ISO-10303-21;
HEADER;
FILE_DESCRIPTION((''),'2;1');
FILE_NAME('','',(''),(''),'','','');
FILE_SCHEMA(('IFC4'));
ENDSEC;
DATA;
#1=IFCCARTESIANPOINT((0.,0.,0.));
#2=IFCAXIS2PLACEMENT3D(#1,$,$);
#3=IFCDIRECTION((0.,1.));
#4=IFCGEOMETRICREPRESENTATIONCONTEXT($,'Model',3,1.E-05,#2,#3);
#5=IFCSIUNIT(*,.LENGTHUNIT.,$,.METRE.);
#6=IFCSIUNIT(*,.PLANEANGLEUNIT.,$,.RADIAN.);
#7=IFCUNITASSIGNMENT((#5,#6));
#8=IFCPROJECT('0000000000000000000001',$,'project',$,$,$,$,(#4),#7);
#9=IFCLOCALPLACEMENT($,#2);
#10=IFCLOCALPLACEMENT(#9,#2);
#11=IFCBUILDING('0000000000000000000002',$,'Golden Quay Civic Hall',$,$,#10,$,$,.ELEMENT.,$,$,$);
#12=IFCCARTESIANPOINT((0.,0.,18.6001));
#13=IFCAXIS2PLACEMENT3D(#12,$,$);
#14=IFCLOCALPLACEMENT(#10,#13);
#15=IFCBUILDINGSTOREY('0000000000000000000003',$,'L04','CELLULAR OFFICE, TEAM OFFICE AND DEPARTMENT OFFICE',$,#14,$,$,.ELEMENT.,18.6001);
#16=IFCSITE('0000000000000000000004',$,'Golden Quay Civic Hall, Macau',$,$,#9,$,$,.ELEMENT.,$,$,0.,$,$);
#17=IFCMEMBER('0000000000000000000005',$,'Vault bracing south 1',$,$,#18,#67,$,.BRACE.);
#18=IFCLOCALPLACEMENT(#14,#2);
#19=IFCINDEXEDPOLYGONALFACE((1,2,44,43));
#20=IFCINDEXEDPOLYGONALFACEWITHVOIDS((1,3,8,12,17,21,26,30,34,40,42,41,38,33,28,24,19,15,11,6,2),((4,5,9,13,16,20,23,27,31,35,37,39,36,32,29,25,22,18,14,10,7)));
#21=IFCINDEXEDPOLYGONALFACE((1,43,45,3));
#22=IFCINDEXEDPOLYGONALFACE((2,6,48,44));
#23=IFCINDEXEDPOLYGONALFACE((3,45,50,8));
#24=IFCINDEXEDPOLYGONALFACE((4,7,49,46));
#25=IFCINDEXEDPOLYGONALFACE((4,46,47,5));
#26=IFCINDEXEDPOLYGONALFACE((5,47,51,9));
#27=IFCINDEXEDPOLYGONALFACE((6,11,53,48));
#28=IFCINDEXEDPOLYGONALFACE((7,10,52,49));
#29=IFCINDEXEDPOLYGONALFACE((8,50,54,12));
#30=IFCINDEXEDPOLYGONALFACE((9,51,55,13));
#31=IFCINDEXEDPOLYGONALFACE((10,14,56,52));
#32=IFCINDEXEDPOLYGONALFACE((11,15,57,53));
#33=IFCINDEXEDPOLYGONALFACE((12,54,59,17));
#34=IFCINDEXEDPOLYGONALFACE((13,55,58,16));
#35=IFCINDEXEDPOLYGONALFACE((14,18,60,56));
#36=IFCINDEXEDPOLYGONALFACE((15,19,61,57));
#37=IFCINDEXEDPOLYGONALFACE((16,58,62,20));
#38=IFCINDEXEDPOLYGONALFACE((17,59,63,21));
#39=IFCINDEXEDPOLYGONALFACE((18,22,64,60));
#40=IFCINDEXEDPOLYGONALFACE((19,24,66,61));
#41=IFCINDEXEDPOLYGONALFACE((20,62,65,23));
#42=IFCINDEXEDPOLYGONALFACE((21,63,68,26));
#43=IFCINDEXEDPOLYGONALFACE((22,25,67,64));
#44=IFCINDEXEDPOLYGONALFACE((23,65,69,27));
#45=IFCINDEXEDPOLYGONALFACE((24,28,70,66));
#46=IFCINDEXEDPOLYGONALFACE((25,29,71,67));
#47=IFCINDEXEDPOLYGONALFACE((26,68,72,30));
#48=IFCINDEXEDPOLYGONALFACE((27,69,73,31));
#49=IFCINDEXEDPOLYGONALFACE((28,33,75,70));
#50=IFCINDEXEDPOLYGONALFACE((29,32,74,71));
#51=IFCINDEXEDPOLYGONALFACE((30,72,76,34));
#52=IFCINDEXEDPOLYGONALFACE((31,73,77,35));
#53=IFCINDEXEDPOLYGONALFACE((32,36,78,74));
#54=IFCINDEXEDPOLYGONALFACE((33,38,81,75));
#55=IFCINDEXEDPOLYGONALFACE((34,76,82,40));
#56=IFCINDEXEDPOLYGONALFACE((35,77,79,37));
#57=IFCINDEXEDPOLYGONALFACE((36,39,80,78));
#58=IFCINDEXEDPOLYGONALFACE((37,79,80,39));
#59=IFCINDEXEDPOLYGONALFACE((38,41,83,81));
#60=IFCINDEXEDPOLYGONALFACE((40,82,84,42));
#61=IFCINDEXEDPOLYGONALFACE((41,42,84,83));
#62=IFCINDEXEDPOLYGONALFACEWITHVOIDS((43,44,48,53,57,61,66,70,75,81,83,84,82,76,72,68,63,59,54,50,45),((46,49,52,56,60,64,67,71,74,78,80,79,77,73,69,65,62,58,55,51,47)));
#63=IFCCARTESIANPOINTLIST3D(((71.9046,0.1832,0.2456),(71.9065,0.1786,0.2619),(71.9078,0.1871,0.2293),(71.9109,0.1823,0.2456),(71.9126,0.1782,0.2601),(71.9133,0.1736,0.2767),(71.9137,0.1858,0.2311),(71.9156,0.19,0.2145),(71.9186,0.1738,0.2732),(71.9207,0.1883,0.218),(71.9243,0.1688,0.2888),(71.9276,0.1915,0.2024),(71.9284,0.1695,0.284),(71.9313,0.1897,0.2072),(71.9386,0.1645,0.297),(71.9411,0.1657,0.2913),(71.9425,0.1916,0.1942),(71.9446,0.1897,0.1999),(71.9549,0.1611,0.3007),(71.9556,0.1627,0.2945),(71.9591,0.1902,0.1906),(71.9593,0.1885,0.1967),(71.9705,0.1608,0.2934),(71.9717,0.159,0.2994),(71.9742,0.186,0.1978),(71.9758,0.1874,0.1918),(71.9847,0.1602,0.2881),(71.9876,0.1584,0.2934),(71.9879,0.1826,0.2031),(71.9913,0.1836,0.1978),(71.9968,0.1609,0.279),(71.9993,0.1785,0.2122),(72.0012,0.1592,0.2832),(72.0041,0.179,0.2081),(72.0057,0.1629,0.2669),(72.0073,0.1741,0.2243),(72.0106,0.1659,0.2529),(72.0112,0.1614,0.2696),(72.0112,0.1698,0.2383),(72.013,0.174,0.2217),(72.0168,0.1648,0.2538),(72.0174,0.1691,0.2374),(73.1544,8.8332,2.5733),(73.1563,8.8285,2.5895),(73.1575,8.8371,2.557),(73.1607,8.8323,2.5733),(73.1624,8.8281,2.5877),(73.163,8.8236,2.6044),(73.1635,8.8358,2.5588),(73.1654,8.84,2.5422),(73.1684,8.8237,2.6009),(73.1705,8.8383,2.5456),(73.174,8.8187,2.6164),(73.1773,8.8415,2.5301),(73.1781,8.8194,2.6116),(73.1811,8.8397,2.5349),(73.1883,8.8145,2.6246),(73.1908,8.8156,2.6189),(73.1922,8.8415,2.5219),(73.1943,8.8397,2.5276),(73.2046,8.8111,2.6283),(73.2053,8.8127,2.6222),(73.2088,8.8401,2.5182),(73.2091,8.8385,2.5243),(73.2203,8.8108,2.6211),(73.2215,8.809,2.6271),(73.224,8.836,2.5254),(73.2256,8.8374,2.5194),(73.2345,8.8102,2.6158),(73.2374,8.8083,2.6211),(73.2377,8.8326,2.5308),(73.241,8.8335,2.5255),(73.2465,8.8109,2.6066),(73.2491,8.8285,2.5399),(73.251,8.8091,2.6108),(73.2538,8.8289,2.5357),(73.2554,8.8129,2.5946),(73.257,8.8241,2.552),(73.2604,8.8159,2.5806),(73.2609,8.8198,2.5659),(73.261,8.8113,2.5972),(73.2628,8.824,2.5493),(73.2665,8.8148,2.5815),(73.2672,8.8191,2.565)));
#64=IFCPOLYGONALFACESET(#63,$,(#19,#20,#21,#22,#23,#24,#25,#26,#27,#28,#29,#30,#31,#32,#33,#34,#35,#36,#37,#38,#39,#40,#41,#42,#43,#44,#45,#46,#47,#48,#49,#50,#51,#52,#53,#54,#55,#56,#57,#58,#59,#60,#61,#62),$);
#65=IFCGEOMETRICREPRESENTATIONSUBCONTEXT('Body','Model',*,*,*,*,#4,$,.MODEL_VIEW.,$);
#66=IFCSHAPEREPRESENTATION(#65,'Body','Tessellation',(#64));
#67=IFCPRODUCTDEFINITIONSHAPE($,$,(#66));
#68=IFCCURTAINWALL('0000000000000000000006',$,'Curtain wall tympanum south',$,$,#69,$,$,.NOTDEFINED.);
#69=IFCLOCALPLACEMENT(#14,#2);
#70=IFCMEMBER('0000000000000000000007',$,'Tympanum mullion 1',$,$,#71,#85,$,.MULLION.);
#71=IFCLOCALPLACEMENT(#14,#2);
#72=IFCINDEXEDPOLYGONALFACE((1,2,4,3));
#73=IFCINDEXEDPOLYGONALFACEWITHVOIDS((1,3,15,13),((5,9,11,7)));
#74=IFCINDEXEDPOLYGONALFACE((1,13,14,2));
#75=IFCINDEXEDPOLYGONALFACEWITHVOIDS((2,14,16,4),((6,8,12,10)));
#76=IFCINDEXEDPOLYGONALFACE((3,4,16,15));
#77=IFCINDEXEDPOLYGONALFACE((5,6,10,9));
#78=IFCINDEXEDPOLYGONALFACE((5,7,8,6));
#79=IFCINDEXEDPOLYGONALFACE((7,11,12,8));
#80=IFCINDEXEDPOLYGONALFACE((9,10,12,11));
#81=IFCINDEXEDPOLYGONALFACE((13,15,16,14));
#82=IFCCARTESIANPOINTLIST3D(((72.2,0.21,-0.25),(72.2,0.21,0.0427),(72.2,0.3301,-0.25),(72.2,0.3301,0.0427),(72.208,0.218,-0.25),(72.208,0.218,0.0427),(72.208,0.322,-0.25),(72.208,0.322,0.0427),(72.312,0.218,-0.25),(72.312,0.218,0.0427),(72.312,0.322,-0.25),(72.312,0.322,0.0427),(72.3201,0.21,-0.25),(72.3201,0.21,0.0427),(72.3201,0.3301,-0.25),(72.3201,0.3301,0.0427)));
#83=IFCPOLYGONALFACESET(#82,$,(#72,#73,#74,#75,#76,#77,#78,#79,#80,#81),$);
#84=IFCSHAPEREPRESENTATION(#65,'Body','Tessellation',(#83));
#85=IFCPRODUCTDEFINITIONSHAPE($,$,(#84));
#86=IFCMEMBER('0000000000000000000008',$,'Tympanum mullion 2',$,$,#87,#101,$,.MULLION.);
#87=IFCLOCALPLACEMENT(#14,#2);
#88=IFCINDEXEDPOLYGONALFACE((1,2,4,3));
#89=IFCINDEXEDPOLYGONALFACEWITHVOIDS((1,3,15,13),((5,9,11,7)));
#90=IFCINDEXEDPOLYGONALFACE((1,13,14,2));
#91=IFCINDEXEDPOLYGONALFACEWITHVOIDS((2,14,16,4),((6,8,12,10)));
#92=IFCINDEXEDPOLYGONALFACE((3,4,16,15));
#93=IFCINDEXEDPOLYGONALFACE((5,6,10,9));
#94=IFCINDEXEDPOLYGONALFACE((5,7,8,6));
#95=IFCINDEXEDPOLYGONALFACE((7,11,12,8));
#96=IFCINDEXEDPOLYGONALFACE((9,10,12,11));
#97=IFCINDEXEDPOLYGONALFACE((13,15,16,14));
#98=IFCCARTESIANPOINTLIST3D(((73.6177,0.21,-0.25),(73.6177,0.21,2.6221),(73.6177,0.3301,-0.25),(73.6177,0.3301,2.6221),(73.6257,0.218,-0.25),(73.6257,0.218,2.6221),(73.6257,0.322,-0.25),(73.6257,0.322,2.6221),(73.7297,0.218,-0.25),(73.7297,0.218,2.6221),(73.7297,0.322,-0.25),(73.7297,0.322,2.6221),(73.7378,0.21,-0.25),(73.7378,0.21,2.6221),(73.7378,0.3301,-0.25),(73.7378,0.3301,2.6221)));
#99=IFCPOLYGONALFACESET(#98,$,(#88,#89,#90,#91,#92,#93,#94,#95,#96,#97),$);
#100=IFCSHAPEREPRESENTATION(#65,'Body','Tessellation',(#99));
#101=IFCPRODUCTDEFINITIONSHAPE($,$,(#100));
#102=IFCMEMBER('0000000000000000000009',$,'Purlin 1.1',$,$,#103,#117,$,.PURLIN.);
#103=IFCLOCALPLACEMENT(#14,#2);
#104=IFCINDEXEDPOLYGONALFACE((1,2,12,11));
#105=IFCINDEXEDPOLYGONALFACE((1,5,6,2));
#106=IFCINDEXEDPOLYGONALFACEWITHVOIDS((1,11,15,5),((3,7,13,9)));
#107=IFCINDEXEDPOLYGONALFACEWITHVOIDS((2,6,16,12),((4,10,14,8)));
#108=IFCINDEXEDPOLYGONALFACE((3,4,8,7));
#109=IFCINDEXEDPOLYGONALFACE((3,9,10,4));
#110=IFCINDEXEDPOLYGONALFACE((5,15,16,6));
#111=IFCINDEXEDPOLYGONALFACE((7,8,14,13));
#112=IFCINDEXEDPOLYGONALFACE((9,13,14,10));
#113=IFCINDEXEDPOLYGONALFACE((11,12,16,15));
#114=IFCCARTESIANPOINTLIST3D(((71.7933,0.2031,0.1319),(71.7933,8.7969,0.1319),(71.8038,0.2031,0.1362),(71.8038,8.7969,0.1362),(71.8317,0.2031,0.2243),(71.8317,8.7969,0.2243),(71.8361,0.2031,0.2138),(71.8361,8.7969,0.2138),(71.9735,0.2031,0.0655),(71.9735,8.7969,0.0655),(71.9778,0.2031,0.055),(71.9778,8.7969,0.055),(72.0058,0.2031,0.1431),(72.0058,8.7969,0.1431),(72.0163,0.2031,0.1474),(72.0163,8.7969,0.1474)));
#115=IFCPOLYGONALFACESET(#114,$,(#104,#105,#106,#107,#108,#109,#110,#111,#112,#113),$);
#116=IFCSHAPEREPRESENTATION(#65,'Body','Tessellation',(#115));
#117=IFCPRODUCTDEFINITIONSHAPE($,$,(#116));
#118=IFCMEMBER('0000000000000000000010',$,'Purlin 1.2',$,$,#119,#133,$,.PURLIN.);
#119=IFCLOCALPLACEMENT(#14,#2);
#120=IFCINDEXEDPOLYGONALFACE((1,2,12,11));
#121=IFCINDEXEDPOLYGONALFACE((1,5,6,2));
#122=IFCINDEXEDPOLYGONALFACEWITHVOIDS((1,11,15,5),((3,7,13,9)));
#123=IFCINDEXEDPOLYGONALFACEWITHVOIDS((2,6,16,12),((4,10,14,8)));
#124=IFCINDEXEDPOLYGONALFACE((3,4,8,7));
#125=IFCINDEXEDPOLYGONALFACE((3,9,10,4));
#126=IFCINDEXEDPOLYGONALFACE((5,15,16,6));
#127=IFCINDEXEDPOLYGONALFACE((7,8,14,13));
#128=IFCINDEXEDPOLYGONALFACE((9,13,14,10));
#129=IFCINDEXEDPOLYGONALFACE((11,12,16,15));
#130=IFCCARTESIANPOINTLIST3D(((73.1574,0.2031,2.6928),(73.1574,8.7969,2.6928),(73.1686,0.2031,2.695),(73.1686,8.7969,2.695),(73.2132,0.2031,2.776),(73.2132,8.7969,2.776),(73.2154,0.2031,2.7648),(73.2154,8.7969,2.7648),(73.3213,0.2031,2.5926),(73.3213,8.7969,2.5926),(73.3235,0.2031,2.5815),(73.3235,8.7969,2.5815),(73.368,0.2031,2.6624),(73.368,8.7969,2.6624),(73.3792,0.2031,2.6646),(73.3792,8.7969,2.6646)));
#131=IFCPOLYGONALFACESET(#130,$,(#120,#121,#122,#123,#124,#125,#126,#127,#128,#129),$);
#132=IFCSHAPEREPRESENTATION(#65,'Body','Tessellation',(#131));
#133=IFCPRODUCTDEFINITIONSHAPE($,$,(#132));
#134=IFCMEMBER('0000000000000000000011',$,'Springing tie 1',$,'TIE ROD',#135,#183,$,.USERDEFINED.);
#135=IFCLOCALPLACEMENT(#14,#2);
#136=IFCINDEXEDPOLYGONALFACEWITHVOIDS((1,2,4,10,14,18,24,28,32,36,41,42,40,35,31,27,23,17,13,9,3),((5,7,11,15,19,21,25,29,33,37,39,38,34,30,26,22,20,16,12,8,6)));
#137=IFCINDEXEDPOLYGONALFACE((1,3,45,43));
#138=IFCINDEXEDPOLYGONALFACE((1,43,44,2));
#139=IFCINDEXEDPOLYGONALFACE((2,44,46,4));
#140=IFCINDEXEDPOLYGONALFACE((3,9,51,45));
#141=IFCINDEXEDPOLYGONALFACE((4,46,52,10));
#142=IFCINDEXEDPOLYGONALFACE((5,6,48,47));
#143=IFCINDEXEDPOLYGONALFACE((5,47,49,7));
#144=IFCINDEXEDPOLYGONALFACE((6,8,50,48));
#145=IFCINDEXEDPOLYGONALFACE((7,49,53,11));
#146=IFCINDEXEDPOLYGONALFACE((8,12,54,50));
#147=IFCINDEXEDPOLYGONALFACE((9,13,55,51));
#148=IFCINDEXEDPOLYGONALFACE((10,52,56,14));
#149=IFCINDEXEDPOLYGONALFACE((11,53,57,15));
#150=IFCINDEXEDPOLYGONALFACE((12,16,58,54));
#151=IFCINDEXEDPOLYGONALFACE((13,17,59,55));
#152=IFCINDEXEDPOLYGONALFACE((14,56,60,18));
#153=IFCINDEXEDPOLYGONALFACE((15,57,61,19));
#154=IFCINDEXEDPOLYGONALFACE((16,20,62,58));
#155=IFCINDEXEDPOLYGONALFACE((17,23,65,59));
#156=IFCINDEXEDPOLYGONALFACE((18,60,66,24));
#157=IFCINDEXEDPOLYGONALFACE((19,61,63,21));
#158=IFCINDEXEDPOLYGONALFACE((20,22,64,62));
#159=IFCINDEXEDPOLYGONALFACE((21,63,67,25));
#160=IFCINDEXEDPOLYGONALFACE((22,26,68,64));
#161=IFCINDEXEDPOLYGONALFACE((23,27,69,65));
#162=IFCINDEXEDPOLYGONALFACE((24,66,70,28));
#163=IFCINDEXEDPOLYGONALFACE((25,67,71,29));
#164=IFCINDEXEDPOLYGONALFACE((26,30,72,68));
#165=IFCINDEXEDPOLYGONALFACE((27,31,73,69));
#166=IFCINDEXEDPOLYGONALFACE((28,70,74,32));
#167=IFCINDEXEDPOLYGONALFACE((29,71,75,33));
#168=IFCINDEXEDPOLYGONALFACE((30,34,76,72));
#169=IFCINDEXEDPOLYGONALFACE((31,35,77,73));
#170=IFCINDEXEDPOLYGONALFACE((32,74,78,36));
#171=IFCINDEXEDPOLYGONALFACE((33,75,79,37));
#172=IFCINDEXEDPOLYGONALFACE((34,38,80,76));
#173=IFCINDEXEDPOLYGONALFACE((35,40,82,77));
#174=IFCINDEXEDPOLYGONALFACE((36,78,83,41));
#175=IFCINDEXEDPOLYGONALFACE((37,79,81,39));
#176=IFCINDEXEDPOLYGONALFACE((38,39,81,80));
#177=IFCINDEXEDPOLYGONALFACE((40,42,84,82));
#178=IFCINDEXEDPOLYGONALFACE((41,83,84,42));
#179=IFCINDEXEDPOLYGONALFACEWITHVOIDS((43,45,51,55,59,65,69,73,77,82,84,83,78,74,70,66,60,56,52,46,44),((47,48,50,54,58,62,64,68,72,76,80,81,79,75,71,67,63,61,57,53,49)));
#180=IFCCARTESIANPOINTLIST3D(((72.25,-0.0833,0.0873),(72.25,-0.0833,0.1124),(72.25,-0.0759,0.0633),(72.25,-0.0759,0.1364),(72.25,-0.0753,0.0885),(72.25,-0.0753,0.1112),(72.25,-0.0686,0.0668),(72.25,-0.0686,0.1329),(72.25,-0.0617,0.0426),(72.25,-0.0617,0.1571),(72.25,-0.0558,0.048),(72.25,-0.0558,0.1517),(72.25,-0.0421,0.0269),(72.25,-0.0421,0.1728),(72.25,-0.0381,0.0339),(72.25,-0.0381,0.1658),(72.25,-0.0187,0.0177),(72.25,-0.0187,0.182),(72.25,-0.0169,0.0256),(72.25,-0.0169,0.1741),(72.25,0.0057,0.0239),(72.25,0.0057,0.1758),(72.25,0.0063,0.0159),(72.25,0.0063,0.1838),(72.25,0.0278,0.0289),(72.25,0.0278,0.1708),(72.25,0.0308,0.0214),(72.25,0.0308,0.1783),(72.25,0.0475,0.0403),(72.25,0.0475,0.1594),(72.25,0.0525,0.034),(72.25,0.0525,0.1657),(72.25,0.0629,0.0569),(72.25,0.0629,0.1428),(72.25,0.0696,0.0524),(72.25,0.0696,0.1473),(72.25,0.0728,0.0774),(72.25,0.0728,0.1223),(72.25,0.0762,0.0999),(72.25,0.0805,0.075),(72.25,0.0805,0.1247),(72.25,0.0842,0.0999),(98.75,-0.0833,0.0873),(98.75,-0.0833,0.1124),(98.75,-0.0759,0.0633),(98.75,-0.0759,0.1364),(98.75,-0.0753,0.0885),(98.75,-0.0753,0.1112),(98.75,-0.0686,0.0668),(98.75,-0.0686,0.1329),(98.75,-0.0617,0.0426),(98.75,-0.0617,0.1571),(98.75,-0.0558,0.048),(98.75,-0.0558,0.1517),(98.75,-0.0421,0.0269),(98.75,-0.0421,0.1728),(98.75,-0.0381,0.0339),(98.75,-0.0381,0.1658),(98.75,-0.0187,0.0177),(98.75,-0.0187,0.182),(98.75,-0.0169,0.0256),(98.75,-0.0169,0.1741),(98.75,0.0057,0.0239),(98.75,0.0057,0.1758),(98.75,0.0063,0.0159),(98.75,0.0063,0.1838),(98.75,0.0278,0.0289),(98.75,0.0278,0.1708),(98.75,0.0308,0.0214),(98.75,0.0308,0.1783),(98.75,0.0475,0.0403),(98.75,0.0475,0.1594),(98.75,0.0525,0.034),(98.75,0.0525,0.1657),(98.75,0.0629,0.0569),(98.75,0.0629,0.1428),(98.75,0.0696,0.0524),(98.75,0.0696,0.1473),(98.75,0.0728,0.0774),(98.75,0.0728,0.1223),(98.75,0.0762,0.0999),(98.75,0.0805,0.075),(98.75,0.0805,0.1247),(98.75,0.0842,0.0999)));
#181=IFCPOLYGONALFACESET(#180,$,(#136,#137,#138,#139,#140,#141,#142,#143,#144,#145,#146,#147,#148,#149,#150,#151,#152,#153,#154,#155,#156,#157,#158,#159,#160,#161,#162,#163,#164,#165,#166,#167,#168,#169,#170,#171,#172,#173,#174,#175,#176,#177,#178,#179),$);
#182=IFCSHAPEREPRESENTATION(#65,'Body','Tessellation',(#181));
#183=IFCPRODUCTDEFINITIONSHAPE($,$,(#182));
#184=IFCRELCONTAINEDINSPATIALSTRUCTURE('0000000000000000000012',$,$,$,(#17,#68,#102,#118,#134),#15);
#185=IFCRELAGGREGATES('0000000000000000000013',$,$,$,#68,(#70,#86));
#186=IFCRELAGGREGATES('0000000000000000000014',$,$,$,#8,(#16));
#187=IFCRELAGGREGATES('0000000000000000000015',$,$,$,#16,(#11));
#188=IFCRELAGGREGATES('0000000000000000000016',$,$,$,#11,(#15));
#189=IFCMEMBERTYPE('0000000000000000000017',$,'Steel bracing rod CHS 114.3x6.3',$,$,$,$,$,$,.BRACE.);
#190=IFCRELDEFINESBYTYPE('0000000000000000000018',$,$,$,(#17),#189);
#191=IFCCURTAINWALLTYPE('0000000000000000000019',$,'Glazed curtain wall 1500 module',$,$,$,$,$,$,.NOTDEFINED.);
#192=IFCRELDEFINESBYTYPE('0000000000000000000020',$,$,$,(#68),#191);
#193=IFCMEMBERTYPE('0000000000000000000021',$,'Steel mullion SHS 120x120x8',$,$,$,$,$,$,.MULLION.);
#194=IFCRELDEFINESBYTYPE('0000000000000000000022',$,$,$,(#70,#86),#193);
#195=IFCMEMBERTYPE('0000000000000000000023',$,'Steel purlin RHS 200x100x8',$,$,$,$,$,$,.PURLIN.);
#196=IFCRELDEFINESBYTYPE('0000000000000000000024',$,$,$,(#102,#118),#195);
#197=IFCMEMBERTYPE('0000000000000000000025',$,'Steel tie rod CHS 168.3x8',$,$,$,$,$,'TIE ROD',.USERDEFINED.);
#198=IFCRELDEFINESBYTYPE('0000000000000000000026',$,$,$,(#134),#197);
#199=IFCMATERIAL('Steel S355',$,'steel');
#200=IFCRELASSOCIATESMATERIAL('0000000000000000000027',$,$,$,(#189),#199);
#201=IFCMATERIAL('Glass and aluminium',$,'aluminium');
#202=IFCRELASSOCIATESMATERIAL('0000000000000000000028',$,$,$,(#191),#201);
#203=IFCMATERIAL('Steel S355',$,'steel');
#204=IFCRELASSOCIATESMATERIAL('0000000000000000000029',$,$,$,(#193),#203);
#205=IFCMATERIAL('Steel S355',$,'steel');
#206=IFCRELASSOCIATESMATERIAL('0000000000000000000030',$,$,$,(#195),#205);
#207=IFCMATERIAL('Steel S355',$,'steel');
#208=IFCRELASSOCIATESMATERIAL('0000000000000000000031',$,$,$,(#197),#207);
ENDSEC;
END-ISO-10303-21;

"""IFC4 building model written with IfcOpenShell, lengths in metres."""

from ifc_helpers import new_model, si_unit, direction, frame, origin, origin_2d, place, context, subcontext, project, spatial, hollow_rectangle, hollow_circle, extrude, material, material_profile, profile_set, type_object, element, aggregate, save


model = new_model("IFC4")

# Units and contexts
model_context = context("Model", 3, precision=1e-05, world=origin(), true_north=direction((0.0, 1.0)))
body_context = subcontext(model_context, "Body", "Model", "MODEL_VIEW")
ifc_project = project(units=[si_unit("LENGTHUNIT", "METRE"), si_unit("PLANEANGLEUNIT", "RADIAN")], contexts=[model_context])

# Site, building, storey
site_placement = place(None, origin())
site = spatial("IfcSite", under=ifc_project, at=site_placement, Name="Golden Quay Civic Hall, Macau", CompositionType="ELEMENT", RefElevation=0.0)
building_placement = place(site_placement, origin())
building = spatial("IfcBuilding", under=site, at=building_placement, Name="Golden Quay Civic Hall", CompositionType="ELEMENT")
storey_placement = place(building_placement, frame((0.0, 0.0, 18.6001)))
storey = spatial("IfcBuildingStorey", under=building, at=storey_placement, Name="L04", Description="CELLULAR OFFICE, TEAM OFFICE AND DEPARTMENT OFFICE", CompositionType="ELEMENT", Elevation=18.6001)

# Member
ifc_material_1 = material(Name="Steel S355", Category="steel")
ifc_material_profile_1 = material_profile(ifc_material_1, hollow_circle(Radius=0.0571, WallThickness=0.0063, at=origin_2d()), Name="CHS 114.3x6.3")
ifc_profile_set_1 = profile_set([ifc_material_profile_1], Name="Steel S355")
member_type_1 = type_object("IfcMemberType", Name="Steel bracing rod CHS 114.3x6.3", PredefinedType="BRACE", material=ifc_profile_set_1)
member_1_placement = place(storey_placement, frame((71.9612, 0.175, 0.2456), z_axis=(0.138181, 0.956385, 0.257358), x_axis=(-0.989723, 0.142997, 0.0)))
element("IfcMember", 1, at=member_1_placement, inside=storey, type_object=member_type_1, Name="Vault bracing south 1", PredefinedType="BRACE", context=body_context, shape_type="SweptSolid", body=[
    extrude(hollow_circle(Radius=0.0571, WallThickness=0.0063, at=origin_2d()), origin(), (0.0, 0.0, 1.0), 9.0444),
])

# Curtain wall, members
ifc_material_2 = material(Name="Glass and aluminium", Category="aluminium")
curtain_wall_type = type_object("IfcCurtainWallType", Name="Glazed curtain wall 1500 module", PredefinedType="NOTDEFINED", material=ifc_material_2)
curtain_wall_placement = place(storey_placement, origin())
curtain_wall = element("IfcCurtainWall", 2, at=curtain_wall_placement, inside=storey, type_object=curtain_wall_type, Name="Curtain wall tympanum south", PredefinedType="NOTDEFINED")
ifc_material_3 = material(Name="Steel S355", Category="steel")
ifc_material_profile_2 = material_profile(ifc_material_3, hollow_rectangle(XDim=0.1201, YDim=0.1201, WallThickness=0.0081, at=origin_2d()), Name="SHS 120x120x8")
ifc_profile_set_2 = profile_set([ifc_material_profile_2], Name="Steel S355")
member_type_2 = type_object("IfcMemberType", Name="Steel mullion SHS 120x120x8", PredefinedType="MULLION", material=ifc_profile_set_2)
member_2_placement = place(storey_placement, frame((72.26, 0.27, -0.25), z_axis=(0.0, 0.0, 1.0), x_axis=(0.0, 1.0, 0.0)))
member_2 = element("IfcMember", 3, at=member_2_placement, type_object=member_type_2, Name="Tympanum mullion 1", PredefinedType="MULLION", context=body_context, shape_type="SweptSolid", body=[
    extrude(hollow_rectangle(XDim=0.1201, YDim=0.1201, WallThickness=0.0081, at=origin_2d()), origin(), (0.0, 0.0, 1.0), 0.2927),
])
member_3_placement = place(storey_placement, frame((73.6777, 0.27, -0.25), z_axis=(0.0, 0.0, 1.0), x_axis=(0.0, 1.0, 0.0)))
member_3 = element("IfcMember", 4, at=member_3_placement, type_object=member_type_2, Name="Tympanum mullion 2", PredefinedType="MULLION", context=body_context, shape_type="SweptSolid", body=[
    extrude(hollow_rectangle(XDim=0.1201, YDim=0.1201, WallThickness=0.0081, at=origin_2d()), origin(), (0.0, 0.0, 1.0), 2.8721),
])

# Members
ifc_material_4 = material(Name="Steel S355", Category="steel")
ifc_material_profile_3 = material_profile(ifc_material_4, hollow_rectangle(XDim=0.1001, YDim=0.2, WallThickness=0.0081, at=origin_2d()), Name="RHS 200x100x8")
ifc_profile_set_3 = profile_set([ifc_material_profile_3], Name="Steel S355")
member_type_3 = type_object("IfcMemberType", Name="Steel purlin RHS 200x100x8", PredefinedType="PURLIN", material=ifc_profile_set_3)
for number, where, z_axis, x_axis, name in (
    (5, (71.9048, 0.2031, 0.1396), (0.0, 1.0, 0.0), (-0.384615, 0.0, -0.923077), "Purlin 1.1"),
    (6, (73.2683, 0.2031, 2.6787), (0.0, 1.0, 0.0), (-0.557019, 0.0, -0.8305), "Purlin 1.2"),
):
    element("IfcMember", number, at=place(storey_placement, frame(where, z_axis=z_axis, x_axis=x_axis)), inside=storey, type_object=member_type_3, Name=name, PredefinedType="PURLIN", context=body_context, shape_type="SweptSolid", body=[
        extrude(hollow_rectangle(XDim=0.1001, YDim=0.2, WallThickness=0.0081, at=origin_2d()), origin(), (0.0, 0.0, 1.0), 8.5938),
    ])
ifc_material_5 = material(Name="Steel S355", Category="steel")
ifc_material_profile_4 = material_profile(ifc_material_5, hollow_circle(Radius=0.0842, WallThickness=0.0081, at=origin_2d()), Name="CHS 168.3x8")
ifc_profile_set_4 = profile_set([ifc_material_profile_4], Name="Steel S355")
member_type_4 = type_object("IfcMemberType", Name="Steel tie rod CHS 168.3x8", ElementType="TIE ROD", PredefinedType="USERDEFINED", material=ifc_profile_set_4)
member_4_placement = place(storey_placement, frame((72.25, 0.0, 0.0999), z_axis=(1.0, 0.0, 0.0), x_axis=(0.0, 1.0, 0.0)))
element("IfcMember", 7, at=member_4_placement, inside=storey, type_object=member_type_4, Name="Springing tie 1", ObjectType="TIE ROD", PredefinedType="USERDEFINED", context=body_context, shape_type="SweptSolid", body=[
    extrude(hollow_circle(Radius=0.0842, WallThickness=0.0081, at=origin_2d()), origin(), (0.0, 0.0, 1.0), 26.5),
])

aggregate(curtain_wall, [member_2, member_3])

save(model, "model.ifc")
